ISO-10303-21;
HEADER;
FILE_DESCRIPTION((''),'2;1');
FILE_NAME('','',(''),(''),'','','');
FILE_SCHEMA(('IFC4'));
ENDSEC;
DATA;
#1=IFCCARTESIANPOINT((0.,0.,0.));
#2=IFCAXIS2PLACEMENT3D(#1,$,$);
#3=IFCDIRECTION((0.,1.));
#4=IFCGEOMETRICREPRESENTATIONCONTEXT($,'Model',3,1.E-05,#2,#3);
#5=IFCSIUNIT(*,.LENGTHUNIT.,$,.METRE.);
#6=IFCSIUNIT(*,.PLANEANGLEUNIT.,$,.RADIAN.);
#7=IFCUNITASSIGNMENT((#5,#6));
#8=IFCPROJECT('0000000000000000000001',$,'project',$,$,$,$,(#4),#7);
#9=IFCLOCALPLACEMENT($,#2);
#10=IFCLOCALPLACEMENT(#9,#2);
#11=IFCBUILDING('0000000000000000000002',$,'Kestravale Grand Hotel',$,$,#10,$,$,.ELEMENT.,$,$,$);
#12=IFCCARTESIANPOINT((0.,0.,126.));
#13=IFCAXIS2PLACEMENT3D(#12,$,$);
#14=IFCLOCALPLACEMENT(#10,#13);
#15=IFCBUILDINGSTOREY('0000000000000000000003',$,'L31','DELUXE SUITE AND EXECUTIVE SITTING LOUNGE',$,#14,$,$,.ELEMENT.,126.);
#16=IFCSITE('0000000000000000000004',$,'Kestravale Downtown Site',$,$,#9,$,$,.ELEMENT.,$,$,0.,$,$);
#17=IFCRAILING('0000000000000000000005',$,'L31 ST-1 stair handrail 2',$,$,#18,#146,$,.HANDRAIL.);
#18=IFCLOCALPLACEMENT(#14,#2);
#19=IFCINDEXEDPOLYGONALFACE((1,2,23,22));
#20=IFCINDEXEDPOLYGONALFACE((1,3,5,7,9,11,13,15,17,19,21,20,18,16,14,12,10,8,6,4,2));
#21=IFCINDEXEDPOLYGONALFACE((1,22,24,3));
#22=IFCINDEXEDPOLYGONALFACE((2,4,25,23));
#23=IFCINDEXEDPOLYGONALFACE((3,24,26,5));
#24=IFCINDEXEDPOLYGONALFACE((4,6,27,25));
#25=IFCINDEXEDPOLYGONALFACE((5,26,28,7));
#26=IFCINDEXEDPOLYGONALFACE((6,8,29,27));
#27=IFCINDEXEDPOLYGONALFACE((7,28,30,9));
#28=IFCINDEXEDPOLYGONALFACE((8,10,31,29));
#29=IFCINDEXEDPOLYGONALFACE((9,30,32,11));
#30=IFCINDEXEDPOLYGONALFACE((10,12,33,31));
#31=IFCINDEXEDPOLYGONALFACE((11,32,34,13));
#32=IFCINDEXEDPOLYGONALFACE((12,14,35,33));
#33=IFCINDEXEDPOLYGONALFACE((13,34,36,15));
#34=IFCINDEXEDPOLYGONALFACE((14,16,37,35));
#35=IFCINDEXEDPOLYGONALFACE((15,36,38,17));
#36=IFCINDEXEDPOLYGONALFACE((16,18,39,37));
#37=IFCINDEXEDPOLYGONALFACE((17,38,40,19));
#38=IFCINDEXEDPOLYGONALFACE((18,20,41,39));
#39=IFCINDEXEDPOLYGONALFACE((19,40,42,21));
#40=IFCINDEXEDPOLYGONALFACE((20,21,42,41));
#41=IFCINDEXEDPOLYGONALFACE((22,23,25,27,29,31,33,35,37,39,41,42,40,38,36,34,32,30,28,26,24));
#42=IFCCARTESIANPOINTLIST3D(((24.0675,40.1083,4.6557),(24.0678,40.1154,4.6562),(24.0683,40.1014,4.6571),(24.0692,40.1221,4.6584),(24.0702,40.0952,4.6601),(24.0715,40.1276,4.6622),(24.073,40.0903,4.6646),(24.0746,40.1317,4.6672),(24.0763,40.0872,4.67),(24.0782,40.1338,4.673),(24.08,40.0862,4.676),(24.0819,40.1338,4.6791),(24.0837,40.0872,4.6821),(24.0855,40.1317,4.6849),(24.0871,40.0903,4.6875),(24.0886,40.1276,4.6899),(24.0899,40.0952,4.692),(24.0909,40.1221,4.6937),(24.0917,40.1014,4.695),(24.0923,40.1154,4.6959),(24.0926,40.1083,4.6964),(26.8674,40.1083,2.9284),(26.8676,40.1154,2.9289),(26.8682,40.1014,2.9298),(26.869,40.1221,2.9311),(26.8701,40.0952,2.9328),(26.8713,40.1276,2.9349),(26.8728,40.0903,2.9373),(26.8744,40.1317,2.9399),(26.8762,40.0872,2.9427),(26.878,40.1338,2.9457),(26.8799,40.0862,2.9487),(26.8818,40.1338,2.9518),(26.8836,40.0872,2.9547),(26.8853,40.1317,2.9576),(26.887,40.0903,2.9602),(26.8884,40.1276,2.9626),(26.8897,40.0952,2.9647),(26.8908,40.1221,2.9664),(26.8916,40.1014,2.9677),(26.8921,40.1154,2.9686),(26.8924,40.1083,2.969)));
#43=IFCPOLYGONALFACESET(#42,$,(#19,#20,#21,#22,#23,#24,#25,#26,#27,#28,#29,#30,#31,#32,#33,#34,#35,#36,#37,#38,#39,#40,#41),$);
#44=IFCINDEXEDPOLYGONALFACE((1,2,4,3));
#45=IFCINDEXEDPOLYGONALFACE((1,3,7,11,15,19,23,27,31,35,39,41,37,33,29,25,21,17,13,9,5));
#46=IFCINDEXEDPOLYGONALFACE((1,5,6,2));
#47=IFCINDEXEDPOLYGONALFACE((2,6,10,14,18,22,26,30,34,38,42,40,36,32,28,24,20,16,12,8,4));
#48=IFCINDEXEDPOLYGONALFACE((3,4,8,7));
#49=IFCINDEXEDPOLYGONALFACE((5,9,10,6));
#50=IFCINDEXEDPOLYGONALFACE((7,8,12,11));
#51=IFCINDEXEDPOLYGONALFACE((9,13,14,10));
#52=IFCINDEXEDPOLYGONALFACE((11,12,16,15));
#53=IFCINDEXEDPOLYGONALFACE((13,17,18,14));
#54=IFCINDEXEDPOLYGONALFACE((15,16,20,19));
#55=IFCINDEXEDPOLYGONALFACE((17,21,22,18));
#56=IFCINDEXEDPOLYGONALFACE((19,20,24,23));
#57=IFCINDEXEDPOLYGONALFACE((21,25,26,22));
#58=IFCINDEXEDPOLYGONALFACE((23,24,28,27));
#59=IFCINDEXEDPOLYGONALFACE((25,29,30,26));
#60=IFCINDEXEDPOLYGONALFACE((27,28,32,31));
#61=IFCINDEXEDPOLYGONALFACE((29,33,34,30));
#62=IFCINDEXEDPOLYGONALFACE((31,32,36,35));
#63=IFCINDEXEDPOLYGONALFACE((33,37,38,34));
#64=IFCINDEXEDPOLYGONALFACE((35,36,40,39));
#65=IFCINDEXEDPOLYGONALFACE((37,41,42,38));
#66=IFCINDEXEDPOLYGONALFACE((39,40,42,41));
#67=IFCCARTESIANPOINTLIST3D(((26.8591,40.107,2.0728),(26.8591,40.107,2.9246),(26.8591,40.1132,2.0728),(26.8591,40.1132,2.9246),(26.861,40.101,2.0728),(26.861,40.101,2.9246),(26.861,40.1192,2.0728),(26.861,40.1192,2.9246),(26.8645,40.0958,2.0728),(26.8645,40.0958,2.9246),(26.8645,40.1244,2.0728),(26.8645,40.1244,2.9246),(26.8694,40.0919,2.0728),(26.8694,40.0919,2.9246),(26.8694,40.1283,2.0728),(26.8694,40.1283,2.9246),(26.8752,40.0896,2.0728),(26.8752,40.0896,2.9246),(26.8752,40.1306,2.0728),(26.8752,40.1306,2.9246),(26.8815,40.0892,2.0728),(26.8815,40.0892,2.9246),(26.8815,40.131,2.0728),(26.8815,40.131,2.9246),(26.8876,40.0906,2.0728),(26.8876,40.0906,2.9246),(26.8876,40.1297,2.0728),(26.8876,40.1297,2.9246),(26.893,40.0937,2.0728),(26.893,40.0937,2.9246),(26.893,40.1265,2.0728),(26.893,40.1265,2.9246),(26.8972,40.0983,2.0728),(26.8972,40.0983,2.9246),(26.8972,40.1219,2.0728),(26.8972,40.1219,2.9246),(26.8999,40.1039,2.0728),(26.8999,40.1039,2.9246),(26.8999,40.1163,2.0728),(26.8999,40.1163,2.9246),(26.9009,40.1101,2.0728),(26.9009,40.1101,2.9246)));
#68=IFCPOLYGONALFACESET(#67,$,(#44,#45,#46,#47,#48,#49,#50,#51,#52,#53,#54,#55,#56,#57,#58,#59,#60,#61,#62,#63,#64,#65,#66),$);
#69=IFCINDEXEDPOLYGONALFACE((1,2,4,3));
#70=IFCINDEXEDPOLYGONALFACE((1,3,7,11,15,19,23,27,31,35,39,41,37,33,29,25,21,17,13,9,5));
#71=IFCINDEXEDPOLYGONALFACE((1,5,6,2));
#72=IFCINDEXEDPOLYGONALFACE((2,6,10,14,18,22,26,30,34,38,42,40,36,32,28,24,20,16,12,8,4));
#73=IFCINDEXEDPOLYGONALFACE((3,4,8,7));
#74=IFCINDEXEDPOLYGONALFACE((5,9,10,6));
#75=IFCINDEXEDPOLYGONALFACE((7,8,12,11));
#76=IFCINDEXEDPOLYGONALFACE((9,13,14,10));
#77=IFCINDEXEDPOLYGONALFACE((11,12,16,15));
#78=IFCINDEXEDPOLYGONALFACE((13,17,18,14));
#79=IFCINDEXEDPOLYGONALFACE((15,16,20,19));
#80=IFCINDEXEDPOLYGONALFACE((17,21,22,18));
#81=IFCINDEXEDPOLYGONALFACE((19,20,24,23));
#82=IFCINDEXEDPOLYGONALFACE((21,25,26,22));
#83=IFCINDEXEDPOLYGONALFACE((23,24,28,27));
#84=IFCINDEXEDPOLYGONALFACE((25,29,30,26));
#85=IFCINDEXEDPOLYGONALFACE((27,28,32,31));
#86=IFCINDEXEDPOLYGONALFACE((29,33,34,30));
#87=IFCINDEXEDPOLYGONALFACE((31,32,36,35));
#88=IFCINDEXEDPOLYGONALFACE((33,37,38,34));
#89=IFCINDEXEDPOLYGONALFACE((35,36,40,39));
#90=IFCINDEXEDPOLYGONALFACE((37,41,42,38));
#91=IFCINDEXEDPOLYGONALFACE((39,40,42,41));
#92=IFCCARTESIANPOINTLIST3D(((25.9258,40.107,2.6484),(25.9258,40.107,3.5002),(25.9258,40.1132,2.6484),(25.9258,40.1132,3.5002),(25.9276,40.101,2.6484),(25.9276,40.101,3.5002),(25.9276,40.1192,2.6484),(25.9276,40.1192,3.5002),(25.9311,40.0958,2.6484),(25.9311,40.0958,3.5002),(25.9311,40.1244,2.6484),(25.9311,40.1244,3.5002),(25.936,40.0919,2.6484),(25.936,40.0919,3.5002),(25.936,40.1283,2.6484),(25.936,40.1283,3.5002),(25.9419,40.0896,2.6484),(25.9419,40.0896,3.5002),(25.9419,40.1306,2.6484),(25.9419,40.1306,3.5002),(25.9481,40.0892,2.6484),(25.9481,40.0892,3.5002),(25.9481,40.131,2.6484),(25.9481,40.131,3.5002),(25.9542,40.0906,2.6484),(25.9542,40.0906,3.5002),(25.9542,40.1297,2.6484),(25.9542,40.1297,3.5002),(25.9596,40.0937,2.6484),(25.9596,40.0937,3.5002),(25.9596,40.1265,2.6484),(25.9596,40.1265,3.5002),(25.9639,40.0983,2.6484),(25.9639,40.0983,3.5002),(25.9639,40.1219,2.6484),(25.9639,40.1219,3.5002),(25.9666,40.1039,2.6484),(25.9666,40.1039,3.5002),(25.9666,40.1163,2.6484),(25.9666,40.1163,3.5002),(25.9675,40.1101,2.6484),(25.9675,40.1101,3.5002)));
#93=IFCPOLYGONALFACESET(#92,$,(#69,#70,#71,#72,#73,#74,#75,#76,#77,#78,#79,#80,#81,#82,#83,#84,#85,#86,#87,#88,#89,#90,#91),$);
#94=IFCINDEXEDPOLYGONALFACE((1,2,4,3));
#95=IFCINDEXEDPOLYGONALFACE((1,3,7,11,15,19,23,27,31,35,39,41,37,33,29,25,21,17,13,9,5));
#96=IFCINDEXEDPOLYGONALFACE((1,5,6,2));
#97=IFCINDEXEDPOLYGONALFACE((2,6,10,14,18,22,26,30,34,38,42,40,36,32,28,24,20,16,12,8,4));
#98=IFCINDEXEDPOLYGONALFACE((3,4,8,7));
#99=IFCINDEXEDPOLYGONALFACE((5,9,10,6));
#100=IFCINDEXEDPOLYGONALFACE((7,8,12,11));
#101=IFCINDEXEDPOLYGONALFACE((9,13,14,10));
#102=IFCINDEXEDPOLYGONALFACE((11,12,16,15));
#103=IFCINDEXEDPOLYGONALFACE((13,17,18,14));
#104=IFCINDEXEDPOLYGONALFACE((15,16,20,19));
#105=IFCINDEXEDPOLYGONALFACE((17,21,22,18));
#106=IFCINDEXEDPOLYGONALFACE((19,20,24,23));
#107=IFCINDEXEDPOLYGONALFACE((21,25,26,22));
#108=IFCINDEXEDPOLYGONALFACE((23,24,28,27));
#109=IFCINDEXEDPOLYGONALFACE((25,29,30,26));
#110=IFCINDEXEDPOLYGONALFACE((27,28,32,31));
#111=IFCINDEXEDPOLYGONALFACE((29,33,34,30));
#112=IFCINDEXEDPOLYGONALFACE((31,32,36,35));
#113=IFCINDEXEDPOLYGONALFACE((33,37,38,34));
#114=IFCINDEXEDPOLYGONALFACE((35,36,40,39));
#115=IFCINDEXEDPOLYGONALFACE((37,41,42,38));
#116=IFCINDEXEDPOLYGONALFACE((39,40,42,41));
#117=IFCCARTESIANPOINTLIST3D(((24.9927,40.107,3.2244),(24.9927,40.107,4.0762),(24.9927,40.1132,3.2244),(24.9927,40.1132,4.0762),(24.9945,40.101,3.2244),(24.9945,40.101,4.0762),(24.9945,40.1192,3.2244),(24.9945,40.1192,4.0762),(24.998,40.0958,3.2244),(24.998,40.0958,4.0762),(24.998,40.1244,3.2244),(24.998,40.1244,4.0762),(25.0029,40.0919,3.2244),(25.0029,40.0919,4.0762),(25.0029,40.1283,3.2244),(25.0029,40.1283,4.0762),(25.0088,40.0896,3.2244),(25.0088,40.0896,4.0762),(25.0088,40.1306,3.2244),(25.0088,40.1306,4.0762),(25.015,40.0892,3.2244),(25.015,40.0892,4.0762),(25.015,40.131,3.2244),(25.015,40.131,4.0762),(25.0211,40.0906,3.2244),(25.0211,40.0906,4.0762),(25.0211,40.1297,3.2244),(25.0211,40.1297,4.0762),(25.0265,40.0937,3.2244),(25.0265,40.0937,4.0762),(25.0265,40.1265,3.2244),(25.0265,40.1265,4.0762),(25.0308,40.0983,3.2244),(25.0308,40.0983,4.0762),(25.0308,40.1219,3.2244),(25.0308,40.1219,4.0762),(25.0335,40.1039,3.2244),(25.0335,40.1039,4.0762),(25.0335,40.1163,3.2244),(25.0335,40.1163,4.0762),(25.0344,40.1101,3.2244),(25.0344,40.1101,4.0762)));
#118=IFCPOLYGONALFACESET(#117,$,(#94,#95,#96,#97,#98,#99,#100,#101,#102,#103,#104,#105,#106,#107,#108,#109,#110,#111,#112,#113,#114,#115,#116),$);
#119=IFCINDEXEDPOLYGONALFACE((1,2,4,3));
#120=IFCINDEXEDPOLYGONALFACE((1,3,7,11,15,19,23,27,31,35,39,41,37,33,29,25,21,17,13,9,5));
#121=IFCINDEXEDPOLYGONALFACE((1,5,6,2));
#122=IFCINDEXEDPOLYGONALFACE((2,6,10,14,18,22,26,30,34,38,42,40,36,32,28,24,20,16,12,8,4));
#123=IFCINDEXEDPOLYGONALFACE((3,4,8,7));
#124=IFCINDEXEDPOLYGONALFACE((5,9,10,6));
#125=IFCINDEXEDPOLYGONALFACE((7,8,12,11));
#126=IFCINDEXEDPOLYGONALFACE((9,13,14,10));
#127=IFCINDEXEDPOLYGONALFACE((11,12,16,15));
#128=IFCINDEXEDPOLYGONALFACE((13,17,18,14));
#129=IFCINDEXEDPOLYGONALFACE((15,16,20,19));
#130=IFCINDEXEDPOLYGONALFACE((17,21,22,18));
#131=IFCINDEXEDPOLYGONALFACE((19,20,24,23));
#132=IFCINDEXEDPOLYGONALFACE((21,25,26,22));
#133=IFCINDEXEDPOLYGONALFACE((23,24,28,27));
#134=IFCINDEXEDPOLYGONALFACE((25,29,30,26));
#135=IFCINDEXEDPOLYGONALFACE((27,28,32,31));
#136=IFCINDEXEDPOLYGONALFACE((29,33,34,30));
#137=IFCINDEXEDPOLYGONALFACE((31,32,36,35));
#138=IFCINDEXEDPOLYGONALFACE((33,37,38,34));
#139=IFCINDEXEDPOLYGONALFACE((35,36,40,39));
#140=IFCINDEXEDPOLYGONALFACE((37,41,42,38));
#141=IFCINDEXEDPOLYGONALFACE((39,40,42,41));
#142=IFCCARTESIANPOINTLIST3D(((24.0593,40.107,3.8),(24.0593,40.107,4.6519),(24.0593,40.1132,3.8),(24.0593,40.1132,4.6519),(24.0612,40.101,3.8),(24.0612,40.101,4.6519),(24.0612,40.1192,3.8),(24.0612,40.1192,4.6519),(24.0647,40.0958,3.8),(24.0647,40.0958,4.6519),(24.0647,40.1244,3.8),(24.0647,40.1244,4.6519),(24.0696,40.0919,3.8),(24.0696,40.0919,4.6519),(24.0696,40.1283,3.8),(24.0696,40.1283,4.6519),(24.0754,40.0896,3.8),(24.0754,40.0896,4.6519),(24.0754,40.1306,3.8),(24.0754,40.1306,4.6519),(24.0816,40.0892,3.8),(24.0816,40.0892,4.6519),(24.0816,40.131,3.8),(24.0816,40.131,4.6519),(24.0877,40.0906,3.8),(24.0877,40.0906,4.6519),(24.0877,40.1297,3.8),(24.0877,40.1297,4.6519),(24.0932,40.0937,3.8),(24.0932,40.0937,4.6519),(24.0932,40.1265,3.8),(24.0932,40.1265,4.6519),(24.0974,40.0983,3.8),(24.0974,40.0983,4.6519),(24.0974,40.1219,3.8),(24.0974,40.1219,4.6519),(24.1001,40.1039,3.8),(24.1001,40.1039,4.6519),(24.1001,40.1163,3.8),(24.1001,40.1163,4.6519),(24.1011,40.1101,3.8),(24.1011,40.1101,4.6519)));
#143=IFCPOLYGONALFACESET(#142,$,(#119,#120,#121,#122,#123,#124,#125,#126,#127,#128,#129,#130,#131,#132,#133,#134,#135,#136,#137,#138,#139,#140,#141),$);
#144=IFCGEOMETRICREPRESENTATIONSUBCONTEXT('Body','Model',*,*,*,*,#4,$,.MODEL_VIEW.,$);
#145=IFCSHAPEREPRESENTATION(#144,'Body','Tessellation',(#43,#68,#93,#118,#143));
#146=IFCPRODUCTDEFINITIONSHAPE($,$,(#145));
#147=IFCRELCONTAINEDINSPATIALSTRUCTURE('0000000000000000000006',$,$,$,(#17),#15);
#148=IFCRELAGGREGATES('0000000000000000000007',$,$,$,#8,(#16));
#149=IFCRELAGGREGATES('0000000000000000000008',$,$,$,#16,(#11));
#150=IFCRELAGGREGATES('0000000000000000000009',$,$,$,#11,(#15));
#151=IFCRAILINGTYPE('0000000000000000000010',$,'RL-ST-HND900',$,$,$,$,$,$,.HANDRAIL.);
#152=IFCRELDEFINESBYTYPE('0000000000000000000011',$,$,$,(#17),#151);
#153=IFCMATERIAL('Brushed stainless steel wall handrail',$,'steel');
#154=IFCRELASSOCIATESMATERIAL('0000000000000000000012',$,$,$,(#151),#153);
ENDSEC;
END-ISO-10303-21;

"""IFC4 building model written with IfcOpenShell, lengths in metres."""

from ifc_helpers import new_model, si_unit, direction, frame, origin, origin_2d, place, context, subcontext, project, spatial, circle, extrude, material, type_object, element, save


model = new_model("IFC4")

# Units and contexts
model_context = context("Model", 3, precision=1e-05, world=origin(), true_north=direction((0.0, 1.0)))
body_context = subcontext(model_context, "Body", "Model", "MODEL_VIEW")
ifc_project = project(units=[si_unit("LENGTHUNIT", "METRE"), si_unit("PLANEANGLEUNIT", "RADIAN")], contexts=[model_context])

# Site, building, storey
site_placement = place(None, origin())
site = spatial("IfcSite", under=ifc_project, at=site_placement, Name="Kestravale Downtown Site", CompositionType="ELEMENT", RefElevation=0.0)
building_placement = place(site_placement, origin())
building = spatial("IfcBuilding", under=site, at=building_placement, Name="Kestravale Grand Hotel", CompositionType="ELEMENT")
storey_placement = place(building_placement, frame((0.0, 0.0, 126.0)))
storey = spatial("IfcBuildingStorey", under=building, at=storey_placement, Name="L31", Description="DELUXE SUITE AND EXECUTIVE SITTING LOUNGE", CompositionType="ELEMENT", Elevation=126.0)

# Railing
ifc_material_1 = material(Name="Brushed stainless steel wall handrail", Category="steel")
railing_type_1 = type_object("IfcRailingType", Name="RL-ST-HND900", PredefinedType="HANDRAIL", material=ifc_material_1)
railing_1_placement = place(storey_placement, frame((26.8799, 40.1101, 2.0728)))
element("IfcRailing", 1, at=railing_1_placement, inside=storey, type_object=railing_type_1, Name="L31 ST-1 stair handrail 2", PredefinedType="HANDRAIL", context=body_context, shape_type="SweptSolid", body=[
    extrude(circle(Radius=0.0239, at=origin_2d()), frame((0.0, 0.0, 0.876), z_axis=(-0.851069, 0.0, 0.525054), x_axis=(0.0, -1.0, 0.0)), (0.0, 0.0, 1.0), 3.2898),
    extrude(circle(Radius=0.021, at=origin_2d()), origin(), (0.0, 0.0, 1.0), 0.8518),
    extrude(circle(Radius=0.021, at=origin_2d()), frame((-0.9333, 0.0, 0.5757)), (0.0, 0.0, 1.0), 0.8518),
    extrude(circle(Radius=0.021, at=origin_2d()), frame((-1.8665, 0.0, 1.1516)), (0.0, 0.0, 1.0), 0.8518),
    extrude(circle(Radius=0.021, at=origin_2d()), frame((-2.7998, 0.0, 1.7273)), (0.0, 0.0, 1.0), 0.8518),
])

save(model, "model.ifc")
